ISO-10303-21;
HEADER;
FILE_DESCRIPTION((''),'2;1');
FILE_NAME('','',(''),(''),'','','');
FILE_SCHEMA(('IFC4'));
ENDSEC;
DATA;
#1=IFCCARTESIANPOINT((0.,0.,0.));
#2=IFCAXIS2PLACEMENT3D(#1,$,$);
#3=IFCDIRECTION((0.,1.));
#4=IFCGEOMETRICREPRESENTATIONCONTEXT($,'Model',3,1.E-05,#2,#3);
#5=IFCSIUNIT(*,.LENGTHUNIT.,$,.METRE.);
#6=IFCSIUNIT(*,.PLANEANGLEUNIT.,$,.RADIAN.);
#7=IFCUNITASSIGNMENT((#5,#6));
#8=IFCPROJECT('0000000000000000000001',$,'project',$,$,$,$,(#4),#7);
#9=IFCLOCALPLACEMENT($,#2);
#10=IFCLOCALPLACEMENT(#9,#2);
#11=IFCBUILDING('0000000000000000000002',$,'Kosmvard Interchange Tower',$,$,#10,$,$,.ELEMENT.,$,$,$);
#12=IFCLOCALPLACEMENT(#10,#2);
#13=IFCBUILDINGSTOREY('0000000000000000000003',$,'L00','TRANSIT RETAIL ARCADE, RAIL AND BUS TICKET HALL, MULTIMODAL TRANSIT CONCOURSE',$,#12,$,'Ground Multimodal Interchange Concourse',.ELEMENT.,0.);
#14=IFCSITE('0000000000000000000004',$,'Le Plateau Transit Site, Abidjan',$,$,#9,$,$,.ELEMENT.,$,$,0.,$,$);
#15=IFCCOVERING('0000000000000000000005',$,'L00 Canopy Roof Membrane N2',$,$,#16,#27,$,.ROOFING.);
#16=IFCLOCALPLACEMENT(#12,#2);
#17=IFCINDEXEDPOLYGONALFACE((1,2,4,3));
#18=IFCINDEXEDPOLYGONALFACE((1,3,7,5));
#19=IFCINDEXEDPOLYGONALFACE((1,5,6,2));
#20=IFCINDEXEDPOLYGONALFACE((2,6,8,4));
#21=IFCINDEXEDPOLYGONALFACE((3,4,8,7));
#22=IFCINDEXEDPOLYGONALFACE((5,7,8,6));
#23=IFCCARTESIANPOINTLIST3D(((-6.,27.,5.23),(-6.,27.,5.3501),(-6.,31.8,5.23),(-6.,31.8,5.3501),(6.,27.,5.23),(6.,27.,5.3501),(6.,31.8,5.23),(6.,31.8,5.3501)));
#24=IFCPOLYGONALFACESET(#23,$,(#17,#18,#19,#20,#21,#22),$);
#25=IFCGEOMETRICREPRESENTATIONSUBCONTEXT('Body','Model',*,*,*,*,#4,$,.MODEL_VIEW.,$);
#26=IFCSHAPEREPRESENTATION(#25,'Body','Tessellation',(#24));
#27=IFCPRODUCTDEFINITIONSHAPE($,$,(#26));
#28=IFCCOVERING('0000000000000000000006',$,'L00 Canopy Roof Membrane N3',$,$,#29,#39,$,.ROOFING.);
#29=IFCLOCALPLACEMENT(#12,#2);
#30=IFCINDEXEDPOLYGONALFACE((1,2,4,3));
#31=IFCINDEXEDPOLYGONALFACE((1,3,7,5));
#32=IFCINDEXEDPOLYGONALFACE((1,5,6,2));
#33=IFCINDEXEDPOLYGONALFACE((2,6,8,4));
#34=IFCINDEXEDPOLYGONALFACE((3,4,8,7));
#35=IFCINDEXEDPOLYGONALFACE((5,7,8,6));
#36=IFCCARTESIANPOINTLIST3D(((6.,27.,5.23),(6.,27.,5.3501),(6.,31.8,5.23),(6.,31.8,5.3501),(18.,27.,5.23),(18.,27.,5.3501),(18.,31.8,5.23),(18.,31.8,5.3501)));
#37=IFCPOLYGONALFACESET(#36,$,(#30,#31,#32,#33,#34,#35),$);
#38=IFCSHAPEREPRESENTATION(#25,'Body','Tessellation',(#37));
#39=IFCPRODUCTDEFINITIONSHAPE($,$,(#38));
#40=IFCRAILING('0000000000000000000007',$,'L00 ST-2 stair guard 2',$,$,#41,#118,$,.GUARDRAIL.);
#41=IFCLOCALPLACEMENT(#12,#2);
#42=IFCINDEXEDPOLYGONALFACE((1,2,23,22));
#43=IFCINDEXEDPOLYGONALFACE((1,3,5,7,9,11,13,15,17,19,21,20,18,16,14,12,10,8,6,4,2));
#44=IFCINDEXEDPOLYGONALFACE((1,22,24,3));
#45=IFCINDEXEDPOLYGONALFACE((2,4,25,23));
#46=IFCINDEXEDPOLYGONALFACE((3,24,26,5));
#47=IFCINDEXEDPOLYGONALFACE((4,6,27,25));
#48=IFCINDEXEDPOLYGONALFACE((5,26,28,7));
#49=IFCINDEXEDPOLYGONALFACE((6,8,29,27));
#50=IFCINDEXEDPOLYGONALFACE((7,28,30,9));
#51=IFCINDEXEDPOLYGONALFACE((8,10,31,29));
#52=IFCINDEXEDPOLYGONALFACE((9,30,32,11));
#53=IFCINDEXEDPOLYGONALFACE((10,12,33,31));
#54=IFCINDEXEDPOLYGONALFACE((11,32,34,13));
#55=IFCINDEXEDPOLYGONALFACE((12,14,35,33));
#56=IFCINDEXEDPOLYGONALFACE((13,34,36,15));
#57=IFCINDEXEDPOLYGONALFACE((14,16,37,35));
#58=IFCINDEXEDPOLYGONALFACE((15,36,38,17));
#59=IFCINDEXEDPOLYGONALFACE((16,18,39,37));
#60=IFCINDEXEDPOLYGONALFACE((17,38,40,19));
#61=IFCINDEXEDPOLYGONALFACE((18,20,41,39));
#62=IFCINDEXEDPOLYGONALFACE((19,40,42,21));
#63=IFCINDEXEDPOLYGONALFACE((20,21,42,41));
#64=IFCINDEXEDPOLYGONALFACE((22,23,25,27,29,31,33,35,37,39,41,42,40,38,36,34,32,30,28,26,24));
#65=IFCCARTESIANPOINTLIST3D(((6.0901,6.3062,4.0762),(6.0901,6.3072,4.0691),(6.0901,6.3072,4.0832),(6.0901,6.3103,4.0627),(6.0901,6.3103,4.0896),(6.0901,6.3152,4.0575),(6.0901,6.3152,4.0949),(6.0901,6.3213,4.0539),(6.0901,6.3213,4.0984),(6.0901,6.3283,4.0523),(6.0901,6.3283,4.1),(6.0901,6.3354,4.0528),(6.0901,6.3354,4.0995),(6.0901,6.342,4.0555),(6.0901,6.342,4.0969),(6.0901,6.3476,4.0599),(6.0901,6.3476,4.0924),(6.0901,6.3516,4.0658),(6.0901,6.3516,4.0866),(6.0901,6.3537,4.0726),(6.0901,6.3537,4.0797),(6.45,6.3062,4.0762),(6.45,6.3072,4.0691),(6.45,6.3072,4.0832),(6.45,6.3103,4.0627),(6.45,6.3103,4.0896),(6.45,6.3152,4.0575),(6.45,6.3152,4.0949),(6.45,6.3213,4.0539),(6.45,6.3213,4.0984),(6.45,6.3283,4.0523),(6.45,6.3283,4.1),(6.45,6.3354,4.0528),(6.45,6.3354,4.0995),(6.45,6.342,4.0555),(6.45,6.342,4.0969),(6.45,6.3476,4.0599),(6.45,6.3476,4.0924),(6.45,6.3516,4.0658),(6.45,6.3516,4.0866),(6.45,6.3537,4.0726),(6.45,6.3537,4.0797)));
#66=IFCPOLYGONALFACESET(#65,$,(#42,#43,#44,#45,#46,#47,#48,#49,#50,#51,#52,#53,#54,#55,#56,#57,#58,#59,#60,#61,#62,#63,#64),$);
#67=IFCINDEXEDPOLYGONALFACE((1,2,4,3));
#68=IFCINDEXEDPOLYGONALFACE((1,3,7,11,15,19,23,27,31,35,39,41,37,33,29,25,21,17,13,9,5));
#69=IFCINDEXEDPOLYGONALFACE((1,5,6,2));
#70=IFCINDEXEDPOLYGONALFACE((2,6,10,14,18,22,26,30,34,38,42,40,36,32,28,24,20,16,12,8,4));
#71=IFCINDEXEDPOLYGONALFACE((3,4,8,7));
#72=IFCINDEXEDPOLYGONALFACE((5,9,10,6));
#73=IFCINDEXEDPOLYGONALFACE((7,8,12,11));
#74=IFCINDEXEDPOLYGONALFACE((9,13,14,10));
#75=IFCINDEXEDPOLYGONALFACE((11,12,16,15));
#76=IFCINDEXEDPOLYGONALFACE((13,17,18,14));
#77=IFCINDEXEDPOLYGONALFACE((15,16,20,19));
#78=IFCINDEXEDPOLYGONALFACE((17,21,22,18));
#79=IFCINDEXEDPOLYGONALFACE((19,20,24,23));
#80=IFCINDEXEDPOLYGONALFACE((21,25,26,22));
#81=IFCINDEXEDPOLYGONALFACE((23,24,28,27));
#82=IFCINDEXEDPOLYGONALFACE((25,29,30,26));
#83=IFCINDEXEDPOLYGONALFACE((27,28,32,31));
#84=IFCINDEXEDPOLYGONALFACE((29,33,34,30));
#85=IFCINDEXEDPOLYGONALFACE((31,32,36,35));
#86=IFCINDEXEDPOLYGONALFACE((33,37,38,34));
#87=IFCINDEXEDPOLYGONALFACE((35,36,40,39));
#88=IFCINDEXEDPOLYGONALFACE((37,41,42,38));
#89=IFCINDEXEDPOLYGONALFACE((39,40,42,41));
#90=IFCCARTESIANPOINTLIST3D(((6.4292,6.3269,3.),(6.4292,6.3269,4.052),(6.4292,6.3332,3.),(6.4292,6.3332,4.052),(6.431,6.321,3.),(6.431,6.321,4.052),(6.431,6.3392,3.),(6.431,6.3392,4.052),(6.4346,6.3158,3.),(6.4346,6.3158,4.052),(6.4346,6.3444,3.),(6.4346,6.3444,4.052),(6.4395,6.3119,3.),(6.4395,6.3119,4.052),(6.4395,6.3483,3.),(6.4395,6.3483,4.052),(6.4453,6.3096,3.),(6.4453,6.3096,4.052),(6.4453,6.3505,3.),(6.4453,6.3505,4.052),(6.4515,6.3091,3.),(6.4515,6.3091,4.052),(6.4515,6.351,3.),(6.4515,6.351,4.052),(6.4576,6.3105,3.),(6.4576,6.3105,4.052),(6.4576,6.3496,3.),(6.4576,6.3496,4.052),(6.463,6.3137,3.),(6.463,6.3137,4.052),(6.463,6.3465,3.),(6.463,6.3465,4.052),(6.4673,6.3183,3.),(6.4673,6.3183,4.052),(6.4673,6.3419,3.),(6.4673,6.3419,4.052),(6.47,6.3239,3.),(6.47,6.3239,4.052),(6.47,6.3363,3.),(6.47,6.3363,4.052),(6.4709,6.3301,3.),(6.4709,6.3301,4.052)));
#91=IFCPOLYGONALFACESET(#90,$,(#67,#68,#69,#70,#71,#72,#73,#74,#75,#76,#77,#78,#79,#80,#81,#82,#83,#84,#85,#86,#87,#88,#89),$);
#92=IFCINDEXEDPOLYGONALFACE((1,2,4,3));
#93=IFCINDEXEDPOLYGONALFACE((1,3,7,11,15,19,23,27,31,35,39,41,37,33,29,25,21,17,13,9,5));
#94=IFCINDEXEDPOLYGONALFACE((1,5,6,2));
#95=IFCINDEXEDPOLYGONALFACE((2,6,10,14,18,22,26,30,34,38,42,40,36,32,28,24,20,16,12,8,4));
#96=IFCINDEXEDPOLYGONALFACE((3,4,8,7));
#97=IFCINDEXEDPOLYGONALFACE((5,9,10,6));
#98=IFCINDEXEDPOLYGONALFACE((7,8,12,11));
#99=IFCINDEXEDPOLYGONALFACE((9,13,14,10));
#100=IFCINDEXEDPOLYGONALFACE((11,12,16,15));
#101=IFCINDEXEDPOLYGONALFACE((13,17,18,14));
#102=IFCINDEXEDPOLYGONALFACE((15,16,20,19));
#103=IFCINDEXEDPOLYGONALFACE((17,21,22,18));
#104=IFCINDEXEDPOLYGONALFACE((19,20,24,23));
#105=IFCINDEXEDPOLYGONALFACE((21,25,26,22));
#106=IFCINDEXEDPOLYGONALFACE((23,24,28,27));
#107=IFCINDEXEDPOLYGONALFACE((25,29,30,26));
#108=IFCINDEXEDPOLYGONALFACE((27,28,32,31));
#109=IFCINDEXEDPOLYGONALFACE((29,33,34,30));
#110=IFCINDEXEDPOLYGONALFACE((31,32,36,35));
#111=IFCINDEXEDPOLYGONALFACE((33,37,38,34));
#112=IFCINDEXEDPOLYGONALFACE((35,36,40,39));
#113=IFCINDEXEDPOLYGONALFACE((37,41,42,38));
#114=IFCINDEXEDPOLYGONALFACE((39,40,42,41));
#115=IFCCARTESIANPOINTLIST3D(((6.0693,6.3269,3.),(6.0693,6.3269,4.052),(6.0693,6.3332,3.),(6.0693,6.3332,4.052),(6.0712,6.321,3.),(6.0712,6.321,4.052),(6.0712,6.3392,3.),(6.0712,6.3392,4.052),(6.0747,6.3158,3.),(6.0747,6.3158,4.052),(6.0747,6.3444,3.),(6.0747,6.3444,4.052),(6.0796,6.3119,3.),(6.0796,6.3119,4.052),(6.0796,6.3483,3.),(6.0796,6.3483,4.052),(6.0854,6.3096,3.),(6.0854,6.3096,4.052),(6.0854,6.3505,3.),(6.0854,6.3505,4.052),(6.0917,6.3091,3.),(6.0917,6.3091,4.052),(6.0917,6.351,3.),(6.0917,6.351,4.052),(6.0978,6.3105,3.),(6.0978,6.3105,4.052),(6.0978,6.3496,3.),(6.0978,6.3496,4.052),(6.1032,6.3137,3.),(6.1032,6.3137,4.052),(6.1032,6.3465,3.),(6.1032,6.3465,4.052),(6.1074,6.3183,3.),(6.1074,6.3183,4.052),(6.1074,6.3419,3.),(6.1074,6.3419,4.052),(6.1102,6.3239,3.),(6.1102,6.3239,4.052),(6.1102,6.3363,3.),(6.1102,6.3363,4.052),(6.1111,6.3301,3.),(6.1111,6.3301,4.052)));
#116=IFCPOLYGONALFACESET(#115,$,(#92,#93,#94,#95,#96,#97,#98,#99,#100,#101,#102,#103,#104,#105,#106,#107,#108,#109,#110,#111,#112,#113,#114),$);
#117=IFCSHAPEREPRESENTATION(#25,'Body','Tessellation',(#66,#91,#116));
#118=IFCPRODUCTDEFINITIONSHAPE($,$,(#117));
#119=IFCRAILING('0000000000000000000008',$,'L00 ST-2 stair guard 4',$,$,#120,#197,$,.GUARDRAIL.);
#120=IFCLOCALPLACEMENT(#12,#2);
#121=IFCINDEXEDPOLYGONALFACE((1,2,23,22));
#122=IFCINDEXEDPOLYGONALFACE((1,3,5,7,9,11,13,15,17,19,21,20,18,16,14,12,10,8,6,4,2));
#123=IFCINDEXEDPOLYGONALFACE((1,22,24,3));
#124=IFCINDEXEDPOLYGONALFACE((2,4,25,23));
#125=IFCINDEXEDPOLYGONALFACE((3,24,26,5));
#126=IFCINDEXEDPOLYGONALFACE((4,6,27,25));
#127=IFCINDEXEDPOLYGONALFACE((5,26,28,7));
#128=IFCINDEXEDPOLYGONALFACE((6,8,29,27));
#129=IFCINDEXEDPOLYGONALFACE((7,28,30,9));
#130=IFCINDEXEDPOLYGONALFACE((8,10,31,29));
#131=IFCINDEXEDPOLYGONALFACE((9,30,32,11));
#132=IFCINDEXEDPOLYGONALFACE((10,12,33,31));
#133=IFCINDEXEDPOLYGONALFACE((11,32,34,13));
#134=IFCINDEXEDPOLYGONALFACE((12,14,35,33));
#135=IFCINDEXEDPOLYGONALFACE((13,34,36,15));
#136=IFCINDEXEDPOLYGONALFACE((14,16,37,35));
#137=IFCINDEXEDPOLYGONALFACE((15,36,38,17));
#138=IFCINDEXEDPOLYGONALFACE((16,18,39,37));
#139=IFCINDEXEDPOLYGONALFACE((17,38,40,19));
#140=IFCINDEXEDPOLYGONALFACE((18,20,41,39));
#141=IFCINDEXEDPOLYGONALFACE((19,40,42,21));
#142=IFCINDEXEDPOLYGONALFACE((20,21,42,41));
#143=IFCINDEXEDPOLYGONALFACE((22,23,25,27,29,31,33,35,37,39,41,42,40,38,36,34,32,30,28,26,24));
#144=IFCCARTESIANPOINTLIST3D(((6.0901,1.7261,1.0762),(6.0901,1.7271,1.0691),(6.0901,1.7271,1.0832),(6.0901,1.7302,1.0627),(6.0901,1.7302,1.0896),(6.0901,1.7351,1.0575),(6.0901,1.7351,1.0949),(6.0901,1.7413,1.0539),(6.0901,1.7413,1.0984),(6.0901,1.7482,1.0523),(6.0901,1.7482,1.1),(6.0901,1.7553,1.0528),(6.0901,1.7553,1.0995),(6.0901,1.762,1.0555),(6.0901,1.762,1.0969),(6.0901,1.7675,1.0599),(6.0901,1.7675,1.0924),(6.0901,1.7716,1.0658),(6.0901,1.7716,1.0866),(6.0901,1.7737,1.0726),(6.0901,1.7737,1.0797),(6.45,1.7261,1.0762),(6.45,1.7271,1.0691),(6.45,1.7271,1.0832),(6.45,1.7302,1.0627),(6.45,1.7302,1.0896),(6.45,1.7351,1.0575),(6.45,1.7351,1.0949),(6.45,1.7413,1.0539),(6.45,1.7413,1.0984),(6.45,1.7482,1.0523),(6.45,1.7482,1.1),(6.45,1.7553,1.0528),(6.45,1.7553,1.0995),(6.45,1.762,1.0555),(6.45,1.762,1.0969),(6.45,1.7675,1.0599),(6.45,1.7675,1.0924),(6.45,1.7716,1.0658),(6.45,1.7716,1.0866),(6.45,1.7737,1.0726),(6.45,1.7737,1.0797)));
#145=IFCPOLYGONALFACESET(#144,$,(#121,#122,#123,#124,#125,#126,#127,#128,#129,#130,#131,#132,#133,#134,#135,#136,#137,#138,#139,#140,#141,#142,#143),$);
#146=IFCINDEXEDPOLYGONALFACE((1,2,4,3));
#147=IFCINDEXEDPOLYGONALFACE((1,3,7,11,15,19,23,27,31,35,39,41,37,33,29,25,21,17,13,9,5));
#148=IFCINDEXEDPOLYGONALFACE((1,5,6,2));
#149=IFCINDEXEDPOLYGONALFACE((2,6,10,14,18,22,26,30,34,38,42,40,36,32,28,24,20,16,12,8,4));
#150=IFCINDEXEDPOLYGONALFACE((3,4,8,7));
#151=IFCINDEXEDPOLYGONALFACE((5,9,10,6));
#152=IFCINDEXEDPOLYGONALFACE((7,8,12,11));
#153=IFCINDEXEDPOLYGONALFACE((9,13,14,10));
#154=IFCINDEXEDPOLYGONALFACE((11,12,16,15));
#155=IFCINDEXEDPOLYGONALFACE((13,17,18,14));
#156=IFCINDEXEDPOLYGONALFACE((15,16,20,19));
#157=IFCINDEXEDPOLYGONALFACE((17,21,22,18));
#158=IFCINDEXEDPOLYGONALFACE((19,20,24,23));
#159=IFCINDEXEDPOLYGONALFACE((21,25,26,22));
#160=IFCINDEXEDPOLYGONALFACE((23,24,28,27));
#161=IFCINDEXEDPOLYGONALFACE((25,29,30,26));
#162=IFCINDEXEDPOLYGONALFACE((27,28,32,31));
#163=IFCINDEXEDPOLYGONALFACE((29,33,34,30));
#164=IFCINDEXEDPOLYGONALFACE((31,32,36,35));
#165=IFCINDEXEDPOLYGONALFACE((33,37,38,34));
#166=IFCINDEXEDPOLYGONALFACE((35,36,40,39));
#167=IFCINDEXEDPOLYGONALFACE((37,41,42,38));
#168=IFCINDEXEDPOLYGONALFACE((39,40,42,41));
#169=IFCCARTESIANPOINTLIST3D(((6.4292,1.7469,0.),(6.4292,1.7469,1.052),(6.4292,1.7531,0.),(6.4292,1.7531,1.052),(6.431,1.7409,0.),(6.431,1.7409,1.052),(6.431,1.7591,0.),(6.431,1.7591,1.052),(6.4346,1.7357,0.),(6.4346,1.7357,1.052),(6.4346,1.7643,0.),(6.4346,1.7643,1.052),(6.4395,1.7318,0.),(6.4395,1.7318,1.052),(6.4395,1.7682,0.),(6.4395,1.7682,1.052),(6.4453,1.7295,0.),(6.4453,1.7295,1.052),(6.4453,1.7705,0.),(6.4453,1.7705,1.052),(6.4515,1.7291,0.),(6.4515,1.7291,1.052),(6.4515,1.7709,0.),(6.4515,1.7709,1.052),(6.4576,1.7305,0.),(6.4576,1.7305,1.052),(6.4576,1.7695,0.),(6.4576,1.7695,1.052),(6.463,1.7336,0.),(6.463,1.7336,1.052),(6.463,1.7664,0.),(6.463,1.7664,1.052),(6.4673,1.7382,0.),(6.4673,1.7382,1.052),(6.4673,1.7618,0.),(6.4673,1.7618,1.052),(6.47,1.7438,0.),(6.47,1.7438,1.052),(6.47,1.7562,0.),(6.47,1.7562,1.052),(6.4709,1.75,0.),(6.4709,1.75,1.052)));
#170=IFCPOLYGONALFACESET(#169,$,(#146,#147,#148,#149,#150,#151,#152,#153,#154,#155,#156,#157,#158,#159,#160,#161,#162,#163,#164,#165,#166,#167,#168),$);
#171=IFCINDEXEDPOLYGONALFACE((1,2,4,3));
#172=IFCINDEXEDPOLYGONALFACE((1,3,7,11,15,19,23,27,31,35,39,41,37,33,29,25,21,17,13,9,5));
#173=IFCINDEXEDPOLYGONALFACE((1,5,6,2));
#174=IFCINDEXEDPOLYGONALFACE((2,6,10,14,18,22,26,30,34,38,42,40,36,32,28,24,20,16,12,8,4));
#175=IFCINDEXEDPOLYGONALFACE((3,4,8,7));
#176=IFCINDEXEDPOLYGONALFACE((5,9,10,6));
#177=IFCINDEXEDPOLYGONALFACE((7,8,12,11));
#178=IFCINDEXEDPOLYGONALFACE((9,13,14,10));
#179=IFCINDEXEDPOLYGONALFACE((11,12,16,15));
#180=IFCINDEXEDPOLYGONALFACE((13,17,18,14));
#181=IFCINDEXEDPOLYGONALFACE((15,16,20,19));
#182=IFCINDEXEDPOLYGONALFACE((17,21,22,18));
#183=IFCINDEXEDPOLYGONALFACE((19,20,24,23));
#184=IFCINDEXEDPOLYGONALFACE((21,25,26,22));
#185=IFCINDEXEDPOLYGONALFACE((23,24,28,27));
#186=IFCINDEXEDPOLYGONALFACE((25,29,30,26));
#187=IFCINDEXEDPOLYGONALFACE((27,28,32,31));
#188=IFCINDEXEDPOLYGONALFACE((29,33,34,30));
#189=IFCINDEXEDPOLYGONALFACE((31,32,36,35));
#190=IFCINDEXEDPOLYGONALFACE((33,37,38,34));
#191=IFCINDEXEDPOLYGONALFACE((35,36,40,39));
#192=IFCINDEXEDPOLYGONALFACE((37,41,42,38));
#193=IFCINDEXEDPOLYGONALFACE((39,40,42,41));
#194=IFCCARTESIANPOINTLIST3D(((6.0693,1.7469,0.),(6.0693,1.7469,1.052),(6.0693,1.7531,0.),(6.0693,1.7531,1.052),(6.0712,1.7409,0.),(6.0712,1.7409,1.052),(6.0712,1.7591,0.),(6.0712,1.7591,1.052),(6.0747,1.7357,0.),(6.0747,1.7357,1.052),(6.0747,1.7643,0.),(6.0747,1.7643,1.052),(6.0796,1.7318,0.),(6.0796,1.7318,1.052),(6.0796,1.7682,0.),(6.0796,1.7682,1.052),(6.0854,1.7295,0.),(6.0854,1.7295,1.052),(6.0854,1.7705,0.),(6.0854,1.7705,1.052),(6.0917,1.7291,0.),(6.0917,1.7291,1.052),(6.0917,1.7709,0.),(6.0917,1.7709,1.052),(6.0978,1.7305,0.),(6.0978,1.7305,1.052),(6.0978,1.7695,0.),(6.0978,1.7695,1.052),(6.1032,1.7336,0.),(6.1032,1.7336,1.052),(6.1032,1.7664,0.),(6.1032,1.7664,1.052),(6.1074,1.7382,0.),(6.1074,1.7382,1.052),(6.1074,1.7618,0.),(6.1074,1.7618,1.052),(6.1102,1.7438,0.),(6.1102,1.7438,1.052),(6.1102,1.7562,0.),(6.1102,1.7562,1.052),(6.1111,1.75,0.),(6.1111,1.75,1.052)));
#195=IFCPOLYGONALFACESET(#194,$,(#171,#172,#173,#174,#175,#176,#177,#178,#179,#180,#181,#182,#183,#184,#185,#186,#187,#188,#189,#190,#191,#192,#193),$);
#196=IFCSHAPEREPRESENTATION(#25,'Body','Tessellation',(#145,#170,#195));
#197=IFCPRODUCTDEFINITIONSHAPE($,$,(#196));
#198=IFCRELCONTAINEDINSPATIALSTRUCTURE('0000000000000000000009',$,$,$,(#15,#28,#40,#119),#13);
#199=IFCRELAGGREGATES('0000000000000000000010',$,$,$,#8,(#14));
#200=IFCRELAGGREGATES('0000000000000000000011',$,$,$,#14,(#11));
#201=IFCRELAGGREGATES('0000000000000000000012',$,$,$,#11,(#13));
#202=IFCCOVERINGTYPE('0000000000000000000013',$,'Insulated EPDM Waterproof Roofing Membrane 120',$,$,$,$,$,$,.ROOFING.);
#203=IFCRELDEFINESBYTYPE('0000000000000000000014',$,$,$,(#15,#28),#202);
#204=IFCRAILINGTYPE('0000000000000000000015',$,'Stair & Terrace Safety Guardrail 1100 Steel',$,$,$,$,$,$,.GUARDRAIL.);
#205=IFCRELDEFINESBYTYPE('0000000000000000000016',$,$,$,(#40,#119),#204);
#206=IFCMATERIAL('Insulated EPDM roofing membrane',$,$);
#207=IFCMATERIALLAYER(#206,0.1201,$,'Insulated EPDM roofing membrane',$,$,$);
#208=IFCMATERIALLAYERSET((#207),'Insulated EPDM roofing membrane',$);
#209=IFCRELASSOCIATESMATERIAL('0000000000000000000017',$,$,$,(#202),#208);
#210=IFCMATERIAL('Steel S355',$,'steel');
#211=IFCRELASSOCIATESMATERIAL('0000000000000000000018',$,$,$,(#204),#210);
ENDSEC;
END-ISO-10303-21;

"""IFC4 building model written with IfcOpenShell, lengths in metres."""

from ifc_helpers import new_model, si_unit, direction, frame, origin, origin_2d, place, context, subcontext, project, spatial, polyline, circle, outline, extrude, source, transform, mapped, material, layer, layer_set, type_object, element, save


model = new_model("IFC4")

# Units and contexts
model_context = context("Model", 3, precision=1e-05, world=origin(), true_north=direction((0.0, 1.0)))
body_context = subcontext(model_context, "Body", "Model", "MODEL_VIEW")
ifc_project = project(units=[si_unit("LENGTHUNIT", "METRE"), si_unit("PLANEANGLEUNIT", "RADIAN")], contexts=[model_context])

# Site, building, storey
site_placement = place(None, origin())
site = spatial("IfcSite", under=ifc_project, at=site_placement, Name="Le Plateau Transit Site, Abidjan", CompositionType="ELEMENT", RefElevation=0.0)
building_placement = place(site_placement, origin())
building = spatial("IfcBuilding", under=site, at=building_placement, Name="Kosmvard Interchange Tower", CompositionType="ELEMENT")
storey_placement = place(building_placement, origin())
storey = spatial("IfcBuildingStorey", under=building, at=storey_placement, Name="L00", Description="TRANSIT RETAIL ARCADE, RAIL AND BUS TICKET HALL, MULTIMODAL TRANSIT CONCOURSE", LongName="Ground Multimodal Interchange Concourse", CompositionType="ELEMENT", Elevation=0.0)

# Coverings
ifc_material_1 = material(Name="Insulated EPDM roofing membrane")
ifc_layer_1 = layer(ifc_material_1, 0.1201, Name="Insulated EPDM roofing membrane")
ifc_layer_set_1 = layer_set([ifc_layer_1], Name="Insulated EPDM roofing membrane")
covering_type = type_object("IfcCoveringType", Name="Insulated EPDM Waterproof Roofing Membrane 120", PredefinedType="ROOFING", material=ifc_layer_set_1)
covering_1_placement = place(storey_placement, frame((0.0, 0.0, 5.23)))
element("IfcCovering", 1, at=covering_1_placement, inside=storey, type_object=covering_type, Name="L00 Canopy Roof Membrane N2", PredefinedType="ROOFING", context=body_context, shape_type="SweptSolid", body=[
    extrude(outline(polyline([(-6.0, 27.0), (6.0, 27.0), (6.0, 31.8), (-6.0, 31.8), (-6.0, 27.0)])), origin(), (0.0, 0.0, 1.0), 0.1201),
])
covering_2_placement = place(storey_placement, frame((0.0, 0.0, 5.23)))
element("IfcCovering", 2, at=covering_2_placement, inside=storey, type_object=covering_type, Name="L00 Canopy Roof Membrane N3", PredefinedType="ROOFING", context=body_context, shape_type="SweptSolid", body=[
    extrude(outline(polyline([(6.0, 27.0), (18.0, 27.0), (18.0, 31.8), (6.0, 31.8), (6.0, 27.0)])), origin(), (0.0, 0.0, 1.0), 0.1201),
])

# Railings
ifc_material_2 = material(Name="Steel S355", Category="steel")
railing_type_1 = type_object("IfcRailingType", Name="Stair & Terrace Safety Guardrail 1100 Steel", PredefinedType="GUARDRAIL", material=ifc_material_2)
shared_shape_1 = source(origin(), body_context, "Body", "SweptSolid", [
    extrude(circle(Radius=0.0239, at=origin_2d()), frame((0.0, 0.0, 1.0762), z_axis=(-1.0, 0.0, 0.0), x_axis=(0.0, -1.0, 0.0)), (0.0, 0.0, 1.0), 0.3599),
    extrude(circle(Radius=0.021, at=origin_2d()), origin(), (0.0, 0.0, 1.0), 1.052),
    extrude(circle(Radius=0.021, at=origin_2d()), frame((-0.3599, 0.0, 0.0)), (0.0, 0.0, 1.0), 1.052),
])
for number, where, name in (
    (3, (6.45, 6.3301, 3.0), "L00 ST-2 stair guard 2"),
    (4, (6.45, 1.75, 0.0), "L00 ST-2 stair guard 4"),
):
    element("IfcRailing", number, at=place(storey_placement, frame(where)), inside=storey, type_object=railing_type_1, Name=name, PredefinedType="GUARDRAIL", context=body_context, shape_type="MappedRepresentation", body=[
        mapped(shared_shape_1, transform((0.0, 0.0, 0.0), scale=1.0)),
    ])

save(model, "model.ifc")
